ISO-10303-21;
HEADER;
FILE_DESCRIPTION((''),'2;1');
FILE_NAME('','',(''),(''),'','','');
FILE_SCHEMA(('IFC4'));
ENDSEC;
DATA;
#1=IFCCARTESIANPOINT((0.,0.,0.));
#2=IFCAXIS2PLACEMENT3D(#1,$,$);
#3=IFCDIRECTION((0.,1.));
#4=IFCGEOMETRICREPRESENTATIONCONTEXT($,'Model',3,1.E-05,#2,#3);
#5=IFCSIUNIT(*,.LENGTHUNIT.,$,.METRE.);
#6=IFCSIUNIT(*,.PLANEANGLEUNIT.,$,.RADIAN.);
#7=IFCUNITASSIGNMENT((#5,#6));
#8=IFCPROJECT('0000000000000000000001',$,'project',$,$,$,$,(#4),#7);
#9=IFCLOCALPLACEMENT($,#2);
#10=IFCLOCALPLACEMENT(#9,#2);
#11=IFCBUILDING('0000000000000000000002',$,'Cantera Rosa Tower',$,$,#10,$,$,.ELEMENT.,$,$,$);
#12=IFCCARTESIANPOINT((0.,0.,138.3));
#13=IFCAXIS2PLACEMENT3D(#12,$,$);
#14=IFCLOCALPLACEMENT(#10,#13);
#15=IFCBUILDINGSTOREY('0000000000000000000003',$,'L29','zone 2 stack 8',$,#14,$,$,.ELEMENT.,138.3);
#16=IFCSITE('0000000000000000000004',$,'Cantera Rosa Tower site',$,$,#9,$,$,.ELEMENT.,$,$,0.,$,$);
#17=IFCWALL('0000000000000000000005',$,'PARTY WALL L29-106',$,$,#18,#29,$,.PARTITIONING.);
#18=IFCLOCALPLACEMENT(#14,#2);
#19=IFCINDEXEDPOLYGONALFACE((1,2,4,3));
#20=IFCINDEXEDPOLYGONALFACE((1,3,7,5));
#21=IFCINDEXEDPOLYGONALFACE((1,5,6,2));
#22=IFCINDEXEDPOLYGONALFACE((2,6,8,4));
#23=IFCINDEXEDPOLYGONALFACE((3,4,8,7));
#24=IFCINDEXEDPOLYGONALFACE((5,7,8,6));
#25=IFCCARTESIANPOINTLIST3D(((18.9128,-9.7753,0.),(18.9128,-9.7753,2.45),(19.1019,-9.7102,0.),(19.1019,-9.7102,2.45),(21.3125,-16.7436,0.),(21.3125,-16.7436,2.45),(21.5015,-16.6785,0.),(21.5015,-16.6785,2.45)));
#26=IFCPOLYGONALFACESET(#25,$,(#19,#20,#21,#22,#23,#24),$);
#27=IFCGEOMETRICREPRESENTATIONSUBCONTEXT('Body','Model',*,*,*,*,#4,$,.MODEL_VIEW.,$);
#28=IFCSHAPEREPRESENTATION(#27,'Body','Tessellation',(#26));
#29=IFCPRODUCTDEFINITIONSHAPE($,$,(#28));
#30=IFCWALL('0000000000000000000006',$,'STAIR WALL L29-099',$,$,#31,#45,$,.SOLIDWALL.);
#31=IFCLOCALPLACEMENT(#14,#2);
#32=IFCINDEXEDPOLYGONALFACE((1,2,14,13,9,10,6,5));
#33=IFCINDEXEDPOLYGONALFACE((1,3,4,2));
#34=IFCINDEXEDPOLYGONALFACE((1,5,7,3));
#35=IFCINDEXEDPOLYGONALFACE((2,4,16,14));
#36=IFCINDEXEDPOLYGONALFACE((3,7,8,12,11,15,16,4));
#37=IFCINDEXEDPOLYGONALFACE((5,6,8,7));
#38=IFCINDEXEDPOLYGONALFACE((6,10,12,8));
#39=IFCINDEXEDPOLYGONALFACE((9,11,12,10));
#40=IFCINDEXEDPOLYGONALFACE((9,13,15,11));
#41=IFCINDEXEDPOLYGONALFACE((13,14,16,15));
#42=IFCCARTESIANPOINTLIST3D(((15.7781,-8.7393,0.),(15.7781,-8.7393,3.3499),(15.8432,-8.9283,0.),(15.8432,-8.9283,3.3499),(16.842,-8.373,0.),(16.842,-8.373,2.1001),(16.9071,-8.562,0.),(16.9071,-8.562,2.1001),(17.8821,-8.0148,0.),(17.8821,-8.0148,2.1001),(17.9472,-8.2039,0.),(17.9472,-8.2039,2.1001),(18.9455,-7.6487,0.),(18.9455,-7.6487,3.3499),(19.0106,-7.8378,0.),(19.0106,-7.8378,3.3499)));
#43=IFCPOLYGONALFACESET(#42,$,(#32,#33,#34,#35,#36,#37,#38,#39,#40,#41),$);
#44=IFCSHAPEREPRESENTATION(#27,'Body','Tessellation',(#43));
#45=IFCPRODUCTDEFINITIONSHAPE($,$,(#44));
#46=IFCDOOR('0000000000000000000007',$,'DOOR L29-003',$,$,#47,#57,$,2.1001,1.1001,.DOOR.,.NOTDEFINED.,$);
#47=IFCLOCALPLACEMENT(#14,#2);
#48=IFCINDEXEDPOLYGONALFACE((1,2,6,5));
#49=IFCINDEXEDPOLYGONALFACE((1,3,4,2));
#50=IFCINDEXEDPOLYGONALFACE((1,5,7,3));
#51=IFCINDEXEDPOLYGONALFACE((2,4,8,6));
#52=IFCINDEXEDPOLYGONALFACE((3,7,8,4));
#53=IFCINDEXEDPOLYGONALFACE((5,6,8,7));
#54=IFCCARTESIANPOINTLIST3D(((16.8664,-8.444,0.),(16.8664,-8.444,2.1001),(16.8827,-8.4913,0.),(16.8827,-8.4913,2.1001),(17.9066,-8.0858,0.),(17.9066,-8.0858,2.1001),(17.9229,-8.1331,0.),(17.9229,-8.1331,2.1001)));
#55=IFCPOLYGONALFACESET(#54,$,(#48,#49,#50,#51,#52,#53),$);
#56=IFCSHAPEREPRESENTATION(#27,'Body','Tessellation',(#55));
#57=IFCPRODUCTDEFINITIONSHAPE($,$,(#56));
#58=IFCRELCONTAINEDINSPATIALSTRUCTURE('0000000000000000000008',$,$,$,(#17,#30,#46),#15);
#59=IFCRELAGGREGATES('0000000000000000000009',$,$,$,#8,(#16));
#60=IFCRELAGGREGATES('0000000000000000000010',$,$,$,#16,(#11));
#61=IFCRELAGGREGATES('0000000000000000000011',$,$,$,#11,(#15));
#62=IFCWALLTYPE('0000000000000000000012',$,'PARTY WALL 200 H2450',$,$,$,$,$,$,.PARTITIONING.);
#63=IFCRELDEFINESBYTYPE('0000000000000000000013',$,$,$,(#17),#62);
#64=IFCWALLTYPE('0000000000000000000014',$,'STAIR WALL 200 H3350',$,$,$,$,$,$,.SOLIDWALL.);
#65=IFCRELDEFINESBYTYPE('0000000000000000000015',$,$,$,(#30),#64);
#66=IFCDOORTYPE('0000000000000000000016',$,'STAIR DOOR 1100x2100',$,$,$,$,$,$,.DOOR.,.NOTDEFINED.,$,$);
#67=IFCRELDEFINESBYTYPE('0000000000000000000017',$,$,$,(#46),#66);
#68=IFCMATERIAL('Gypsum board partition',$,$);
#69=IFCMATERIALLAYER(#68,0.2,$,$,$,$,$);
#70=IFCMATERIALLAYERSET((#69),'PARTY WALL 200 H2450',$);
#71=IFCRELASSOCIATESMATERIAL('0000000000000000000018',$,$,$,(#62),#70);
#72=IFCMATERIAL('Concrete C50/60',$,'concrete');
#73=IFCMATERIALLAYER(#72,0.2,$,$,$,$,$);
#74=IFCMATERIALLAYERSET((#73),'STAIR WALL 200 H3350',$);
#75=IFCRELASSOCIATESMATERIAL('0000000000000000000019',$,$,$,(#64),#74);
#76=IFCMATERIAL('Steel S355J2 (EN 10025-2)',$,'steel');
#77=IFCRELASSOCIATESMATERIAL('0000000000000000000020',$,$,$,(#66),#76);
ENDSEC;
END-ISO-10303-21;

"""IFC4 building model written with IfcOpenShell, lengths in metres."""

from ifc_helpers import new_model, si_unit, direction, frame, frame_2d, origin, place, context, subcontext, project, spatial, rectangle, extrude, material, layer, layer_set, type_object, element, fill, save


model = new_model("IFC4")

# Units and contexts
model_context = context("Model", 3, precision=1e-05, world=origin(), true_north=direction((0.0, 1.0)))
body_context = subcontext(model_context, "Body", "Model", "MODEL_VIEW")
ifc_project = project(units=[si_unit("LENGTHUNIT", "METRE"), si_unit("PLANEANGLEUNIT", "RADIAN")], contexts=[model_context])

# Site, building, storey
site_placement = place(None, origin())
site = spatial("IfcSite", under=ifc_project, at=site_placement, Name="Cantera Rosa Tower site", CompositionType="ELEMENT", RefElevation=0.0)
building_placement = place(site_placement, origin())
building = spatial("IfcBuilding", under=site, at=building_placement, Name="Cantera Rosa Tower", CompositionType="ELEMENT")
storey_placement = place(building_placement, frame((0.0, 0.0, 138.3)))
storey = spatial("IfcBuildingStorey", under=building, at=storey_placement, Name="L29", Description="zone 2 stack 8", CompositionType="ELEMENT", Elevation=138.3)

# Wall
ifc_material_1 = material(Name="Gypsum board partition")
ifc_layer_1 = layer(ifc_material_1, 0.2)
ifc_layer_set_1 = layer_set([ifc_layer_1], Name="PARTY WALL 200 H2450")
wall_type_1 = type_object("IfcWallType", Name="PARTY WALL 200 H2450", PredefinedType="PARTITIONING", material=ifc_layer_set_1)
wall_1_placement = place(storey_placement, frame((19.0073, -9.7427, 0.0), z_axis=(0.0, 0.0, 1.0), x_axis=(0.325604, -0.945506, 0.0)))
element("IfcWall", 1, at=wall_1_placement, inside=storey, type_object=wall_type_1, Name="PARTY WALL L29-106", PredefinedType="PARTITIONING", context=body_context, shape_type="SweptSolid", body=[
    extrude(rectangle(XDim=7.3699, YDim=0.2, at=frame_2d((3.6851, 0.0))), origin(), (0.0, 0.0, 1.0), 2.45),
])

# Wall, opening, door
ifc_material_2 = material(Name="Concrete C50/60", Category="concrete")
ifc_layer_2 = layer(ifc_material_2, 0.2)
ifc_layer_set_2 = layer_set([ifc_layer_2], Name="STAIR WALL 200 H3350")
wall_type_2 = type_object("IfcWallType", Name="STAIR WALL 200 H3350", PredefinedType="SOLIDWALL", material=ifc_layer_set_2)
wall_2_placement = place(storey_placement, frame((15.8108, -8.8337, 0.0), z_axis=(0.0, 0.0, 1.0), x_axis=(0.945525, 0.325548, 0.0)))
wall_2 = element("IfcWall", 2, at=wall_2_placement, inside=storey, type_object=wall_type_2, Name="STAIR WALL L29-099", PredefinedType="SOLIDWALL", context=body_context, shape_type="SweptSolid", body=[
    extrude(rectangle(XDim=3.3499, YDim=0.2, at=frame_2d((1.6748, 0.0))), origin(), (0.0, 0.0, 1.0), 3.3499),
])
opening_1_placement = place(wall_2_placement, frame((1.125, 0.0, 0.0)))
opening_1 = element("IfcOpeningElement", 3, at=opening_1_placement, cuts=wall_2, PredefinedType="OPENING", context=body_context, shape_type="SweptSolid", body=[
    extrude(rectangle(XDim=1.1001, YDim=2.1001, at=frame_2d((0.55, 1.05))), frame((0.0, 0.1099, 0.0), z_axis=(0.0, -1.0, 0.0), x_axis=(1.0, 0.0, 0.0)), (0.0, 0.0, 1.0), 0.22),
])
ifc_material_3 = material(Name="Steel S355J2 (EN 10025-2)", Category="steel")
door_type_1 = type_object("IfcDoorType", Name="STAIR DOOR 1100x2100", OperationType="NOTDEFINED", PredefinedType="DOOR", material=ifc_material_3)
door_1_placement = place(opening_1_placement, origin())
door_1 = element("IfcDoor", 4, at=door_1_placement, inside=storey, type_object=door_type_1, Name="DOOR L29-003", OperationType="NOTDEFINED", OverallHeight=2.1001, OverallWidth=1.1001, PredefinedType="DOOR", context=body_context, shape_type="SweptSolid", body=[
    extrude(rectangle(XDim=1.1001, YDim=2.1001, at=frame_2d((0.55, 1.05))), frame((0.0, 0.0249, 0.0), z_axis=(0.0, -1.0, 0.0), x_axis=(1.0, 0.0, 0.0)), (0.0, 0.0, 1.0), 0.05),
])
fill(opening_1, door_1)

save(model, "model.ifc")
